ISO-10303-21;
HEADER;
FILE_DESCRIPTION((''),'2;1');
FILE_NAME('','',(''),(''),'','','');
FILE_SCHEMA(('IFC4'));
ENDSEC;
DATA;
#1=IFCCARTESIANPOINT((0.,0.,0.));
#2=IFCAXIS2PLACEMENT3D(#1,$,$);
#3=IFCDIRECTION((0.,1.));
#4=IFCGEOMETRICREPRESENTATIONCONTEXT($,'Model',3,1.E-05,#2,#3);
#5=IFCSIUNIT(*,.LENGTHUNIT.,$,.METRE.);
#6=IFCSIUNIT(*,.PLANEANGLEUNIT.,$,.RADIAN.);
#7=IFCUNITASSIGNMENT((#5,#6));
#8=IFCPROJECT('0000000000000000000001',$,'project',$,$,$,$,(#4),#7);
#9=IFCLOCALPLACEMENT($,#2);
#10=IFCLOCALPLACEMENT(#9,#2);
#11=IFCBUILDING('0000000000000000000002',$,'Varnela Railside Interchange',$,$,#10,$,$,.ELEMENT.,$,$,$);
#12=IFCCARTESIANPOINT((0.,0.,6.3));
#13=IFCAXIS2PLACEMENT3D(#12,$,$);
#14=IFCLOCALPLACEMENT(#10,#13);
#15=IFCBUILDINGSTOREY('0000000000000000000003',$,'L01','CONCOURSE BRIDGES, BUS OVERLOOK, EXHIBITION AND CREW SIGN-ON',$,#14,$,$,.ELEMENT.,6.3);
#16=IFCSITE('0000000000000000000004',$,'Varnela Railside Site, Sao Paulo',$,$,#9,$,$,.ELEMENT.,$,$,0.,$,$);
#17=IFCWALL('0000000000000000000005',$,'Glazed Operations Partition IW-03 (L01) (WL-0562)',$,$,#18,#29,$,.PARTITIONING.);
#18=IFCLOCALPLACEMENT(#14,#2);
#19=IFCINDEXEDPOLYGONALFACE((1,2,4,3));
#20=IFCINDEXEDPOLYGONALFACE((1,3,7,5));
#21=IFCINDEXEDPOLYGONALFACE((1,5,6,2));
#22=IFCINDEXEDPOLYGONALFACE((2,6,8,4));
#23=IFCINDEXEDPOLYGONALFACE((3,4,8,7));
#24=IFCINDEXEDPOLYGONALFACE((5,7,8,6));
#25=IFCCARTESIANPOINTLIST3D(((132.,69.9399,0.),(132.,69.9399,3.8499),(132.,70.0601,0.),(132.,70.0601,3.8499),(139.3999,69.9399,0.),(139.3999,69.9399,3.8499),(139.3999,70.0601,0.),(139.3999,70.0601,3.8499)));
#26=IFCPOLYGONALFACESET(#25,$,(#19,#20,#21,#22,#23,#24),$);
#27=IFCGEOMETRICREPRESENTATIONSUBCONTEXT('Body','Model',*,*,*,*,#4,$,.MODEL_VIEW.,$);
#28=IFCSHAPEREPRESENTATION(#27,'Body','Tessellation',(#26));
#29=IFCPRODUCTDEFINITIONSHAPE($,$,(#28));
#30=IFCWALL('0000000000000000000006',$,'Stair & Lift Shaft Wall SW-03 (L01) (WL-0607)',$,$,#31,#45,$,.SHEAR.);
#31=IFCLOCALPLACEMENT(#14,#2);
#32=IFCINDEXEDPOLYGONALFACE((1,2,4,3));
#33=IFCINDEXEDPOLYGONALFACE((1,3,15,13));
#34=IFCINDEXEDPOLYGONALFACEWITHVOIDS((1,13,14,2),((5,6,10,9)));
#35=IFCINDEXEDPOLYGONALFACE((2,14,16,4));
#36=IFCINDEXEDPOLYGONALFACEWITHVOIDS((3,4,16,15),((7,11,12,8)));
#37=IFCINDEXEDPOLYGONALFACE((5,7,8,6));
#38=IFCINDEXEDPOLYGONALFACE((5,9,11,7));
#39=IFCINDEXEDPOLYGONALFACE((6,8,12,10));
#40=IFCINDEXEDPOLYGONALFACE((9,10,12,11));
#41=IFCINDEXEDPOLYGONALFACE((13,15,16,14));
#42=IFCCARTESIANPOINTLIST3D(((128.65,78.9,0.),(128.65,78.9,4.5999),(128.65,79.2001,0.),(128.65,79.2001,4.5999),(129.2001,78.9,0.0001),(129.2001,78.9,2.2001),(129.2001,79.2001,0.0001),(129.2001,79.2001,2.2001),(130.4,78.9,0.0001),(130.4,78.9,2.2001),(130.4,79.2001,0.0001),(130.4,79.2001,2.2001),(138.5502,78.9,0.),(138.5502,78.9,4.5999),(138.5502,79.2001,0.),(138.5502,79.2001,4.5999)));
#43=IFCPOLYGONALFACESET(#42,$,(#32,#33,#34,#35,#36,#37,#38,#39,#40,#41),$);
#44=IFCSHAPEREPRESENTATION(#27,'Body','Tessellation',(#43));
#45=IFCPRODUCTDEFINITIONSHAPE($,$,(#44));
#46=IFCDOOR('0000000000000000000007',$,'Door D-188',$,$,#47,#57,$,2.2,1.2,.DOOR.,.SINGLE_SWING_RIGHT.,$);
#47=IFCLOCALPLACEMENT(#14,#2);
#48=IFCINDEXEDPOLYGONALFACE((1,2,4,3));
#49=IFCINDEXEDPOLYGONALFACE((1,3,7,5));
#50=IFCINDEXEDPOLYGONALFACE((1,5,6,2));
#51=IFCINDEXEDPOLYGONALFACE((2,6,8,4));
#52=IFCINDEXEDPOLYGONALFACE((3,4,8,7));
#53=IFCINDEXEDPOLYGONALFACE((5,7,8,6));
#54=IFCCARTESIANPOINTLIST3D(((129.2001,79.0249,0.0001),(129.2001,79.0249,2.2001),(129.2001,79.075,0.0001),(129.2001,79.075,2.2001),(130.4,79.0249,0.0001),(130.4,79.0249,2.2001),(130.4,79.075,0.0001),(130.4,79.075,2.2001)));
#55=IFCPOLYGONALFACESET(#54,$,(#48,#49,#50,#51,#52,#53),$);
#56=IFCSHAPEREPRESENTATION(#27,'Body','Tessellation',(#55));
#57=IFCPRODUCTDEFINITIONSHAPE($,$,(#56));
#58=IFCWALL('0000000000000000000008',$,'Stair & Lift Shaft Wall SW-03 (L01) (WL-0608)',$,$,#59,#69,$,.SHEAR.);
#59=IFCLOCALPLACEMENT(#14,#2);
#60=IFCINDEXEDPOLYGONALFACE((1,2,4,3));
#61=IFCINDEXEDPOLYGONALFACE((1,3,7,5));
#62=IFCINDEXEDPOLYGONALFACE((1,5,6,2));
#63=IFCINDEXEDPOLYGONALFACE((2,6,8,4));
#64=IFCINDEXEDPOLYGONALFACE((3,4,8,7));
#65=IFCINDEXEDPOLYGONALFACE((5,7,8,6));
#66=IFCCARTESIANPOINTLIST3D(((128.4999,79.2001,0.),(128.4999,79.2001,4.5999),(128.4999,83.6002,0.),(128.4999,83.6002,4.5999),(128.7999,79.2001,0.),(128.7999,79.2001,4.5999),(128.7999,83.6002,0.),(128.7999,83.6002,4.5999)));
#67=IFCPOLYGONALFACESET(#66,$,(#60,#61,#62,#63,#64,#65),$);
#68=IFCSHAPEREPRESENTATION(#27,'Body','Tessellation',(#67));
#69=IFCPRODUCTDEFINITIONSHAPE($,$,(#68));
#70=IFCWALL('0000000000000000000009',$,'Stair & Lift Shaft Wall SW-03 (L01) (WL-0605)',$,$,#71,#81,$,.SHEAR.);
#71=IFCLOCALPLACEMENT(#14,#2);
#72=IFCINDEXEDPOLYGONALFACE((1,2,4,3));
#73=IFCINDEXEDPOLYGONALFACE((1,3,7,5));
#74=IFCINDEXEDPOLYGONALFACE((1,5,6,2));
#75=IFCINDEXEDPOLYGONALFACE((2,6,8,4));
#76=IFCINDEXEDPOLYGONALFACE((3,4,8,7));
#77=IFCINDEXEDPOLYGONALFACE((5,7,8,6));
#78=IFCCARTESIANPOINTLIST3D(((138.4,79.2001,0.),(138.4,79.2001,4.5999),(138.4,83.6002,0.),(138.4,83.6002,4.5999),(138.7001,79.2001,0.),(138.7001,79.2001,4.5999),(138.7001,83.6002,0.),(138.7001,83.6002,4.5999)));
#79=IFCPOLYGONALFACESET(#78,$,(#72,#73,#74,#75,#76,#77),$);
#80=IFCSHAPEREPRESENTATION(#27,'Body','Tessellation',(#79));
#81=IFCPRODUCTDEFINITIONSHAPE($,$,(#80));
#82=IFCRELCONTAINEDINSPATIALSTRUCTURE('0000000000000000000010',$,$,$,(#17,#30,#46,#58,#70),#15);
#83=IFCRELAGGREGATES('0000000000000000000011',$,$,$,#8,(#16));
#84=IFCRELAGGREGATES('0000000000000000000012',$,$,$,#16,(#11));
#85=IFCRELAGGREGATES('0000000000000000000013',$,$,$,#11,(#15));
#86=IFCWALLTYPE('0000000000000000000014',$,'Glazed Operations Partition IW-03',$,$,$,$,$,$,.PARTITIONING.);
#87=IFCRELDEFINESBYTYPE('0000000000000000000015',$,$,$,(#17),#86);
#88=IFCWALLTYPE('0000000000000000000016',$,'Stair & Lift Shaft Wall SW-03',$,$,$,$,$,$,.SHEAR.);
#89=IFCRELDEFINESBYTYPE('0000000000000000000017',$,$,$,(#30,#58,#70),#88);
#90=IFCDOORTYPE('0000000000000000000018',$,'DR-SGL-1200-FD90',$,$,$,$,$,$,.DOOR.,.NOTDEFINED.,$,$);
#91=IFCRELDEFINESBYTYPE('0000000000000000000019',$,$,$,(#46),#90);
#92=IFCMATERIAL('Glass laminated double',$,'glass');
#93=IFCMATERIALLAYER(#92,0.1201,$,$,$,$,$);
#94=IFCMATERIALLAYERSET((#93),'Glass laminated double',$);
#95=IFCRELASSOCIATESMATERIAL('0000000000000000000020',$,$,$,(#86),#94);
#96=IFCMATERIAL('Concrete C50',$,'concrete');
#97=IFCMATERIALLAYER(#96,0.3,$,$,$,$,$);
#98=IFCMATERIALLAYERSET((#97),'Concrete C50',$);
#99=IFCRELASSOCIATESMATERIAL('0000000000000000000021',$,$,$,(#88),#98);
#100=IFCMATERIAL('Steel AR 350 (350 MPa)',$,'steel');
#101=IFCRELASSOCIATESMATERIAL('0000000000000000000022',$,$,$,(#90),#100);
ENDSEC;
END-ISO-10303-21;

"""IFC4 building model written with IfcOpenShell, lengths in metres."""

from ifc_helpers import new_model, si_unit, direction, frame, frame_2d, origin, place, context, subcontext, project, spatial, rectangle, extrude, material, layer, layer_set, type_object, element, fill, save


model = new_model("IFC4")

# Units and contexts
model_context = context("Model", 3, precision=1e-05, world=origin(), true_north=direction((0.0, 1.0)))
body_context = subcontext(model_context, "Body", "Model", "MODEL_VIEW")
ifc_project = project(units=[si_unit("LENGTHUNIT", "METRE"), si_unit("PLANEANGLEUNIT", "RADIAN")], contexts=[model_context])

# Site, building, storey
site_placement = place(None, origin())
site = spatial("IfcSite", under=ifc_project, at=site_placement, Name="Varnela Railside Site, Sao Paulo", CompositionType="ELEMENT", RefElevation=0.0)
building_placement = place(site_placement, origin())
building = spatial("IfcBuilding", under=site, at=building_placement, Name="Varnela Railside Interchange", CompositionType="ELEMENT")
storey_placement = place(building_placement, frame((0.0, 0.0, 6.3)))
storey = spatial("IfcBuildingStorey", under=building, at=storey_placement, Name="L01", Description="CONCOURSE BRIDGES, BUS OVERLOOK, EXHIBITION AND CREW SIGN-ON", CompositionType="ELEMENT", Elevation=6.3)

# Shared definitions
ifc_material_1 = material(Name="Steel AR 350 (350 MPa)", Category="steel")

# Shared definitions
ifc_material_2 = material(Name="Glass laminated double", Category="glass")

# Wall
ifc_layer_1 = layer(ifc_material_2, 0.1201)
ifc_layer_set_1 = layer_set([ifc_layer_1], Name="Glass laminated double")
wall_type_1 = type_object("IfcWallType", Name="Glazed Operations Partition IW-03", PredefinedType="PARTITIONING", material=ifc_layer_set_1)
wall_1_placement = place(storey_placement, frame((132.0, 70.0, 0.0), z_axis=(0.0, 0.0, 1.0), x_axis=(1.0, 0.0, 0.0)))
element("IfcWall", 1, at=wall_1_placement, inside=storey, type_object=wall_type_1, Name="Glazed Operations Partition IW-03 (L01) (WL-0562)", PredefinedType="PARTITIONING", context=body_context, shape_type="SweptSolid", body=[
    extrude(rectangle(XDim=7.3999, YDim=0.1201, at=frame_2d((3.7, 0.0))), origin(), (0.0, 0.0, 1.0), 3.8499),
])

# Wall, opening, door
ifc_material_3 = material(Name="Concrete C50", Category="concrete")
ifc_layer_2 = layer(ifc_material_3, 0.3)
ifc_layer_set_2 = layer_set([ifc_layer_2], Name="Concrete C50")
wall_type_2 = type_object("IfcWallType", Name="Stair & Lift Shaft Wall SW-03", PredefinedType="SHEAR", material=ifc_layer_set_2)
wall_2_placement = place(storey_placement, frame((128.6499, 79.05, 0.0), z_axis=(0.0, 0.0, 1.0), x_axis=(1.0, 0.0, 0.0)))
wall_2 = element("IfcWall", 2, at=wall_2_placement, inside=storey, type_object=wall_type_2, Name="Stair & Lift Shaft Wall SW-03 (L01) (WL-0607)", PredefinedType="SHEAR", context=body_context, shape_type="SweptSolid", body=[
    extrude(rectangle(XDim=9.9001, YDim=0.3, at=frame_2d((4.9502, 0.0))), origin(), (0.0, 0.0, 1.0), 4.5999),
])
opening_placement = place(wall_2_placement, frame((0.55, 0.0, 0.0)))
opening = element("IfcOpeningElement", 3, at=opening_placement, cuts=wall_2, PredefinedType="OPENING", context=body_context, shape_type="SweptSolid", body=[
    extrude(rectangle(XDim=1.2, YDim=2.2, at=frame_2d((0.6001, 1.1001))), frame((0.0, 0.1599, 0.0), z_axis=(0.0, -1.0, 0.0), x_axis=(1.0, 0.0, 0.0)), (0.0, 0.0, 1.0), 0.3201),
])
door_type = type_object("IfcDoorType", Name="DR-SGL-1200-FD90", OperationType="NOTDEFINED", PredefinedType="DOOR", material=ifc_material_1)
door_placement = place(opening_placement, origin())
door = element("IfcDoor", 4, at=door_placement, inside=storey, type_object=door_type, Name="Door D-188", OperationType="SINGLE_SWING_RIGHT", OverallHeight=2.2, OverallWidth=1.2, PredefinedType="DOOR", context=body_context, shape_type="SweptSolid", body=[
    extrude(rectangle(XDim=1.2, YDim=2.2, at=frame_2d((0.6001, 1.1001))), frame((0.0, 0.0249, 0.0), z_axis=(0.0, -1.0, 0.0), x_axis=(1.0, 0.0, 0.0)), (0.0, 0.0, 1.0), 0.05),
])
fill(opening, door)

# Walls
for number, where, z_axis, x_axis, name in (
    (5, (128.6499, 79.2, 0.0), (0.0, 0.0, 1.0), (0.0, 1.0, 0.0), "Stair & Lift Shaft Wall SW-03 (L01) (WL-0608)"),
    (6, (138.55, 79.2, 0.0), (0.0, 0.0, 1.0), (0.0, 1.0, 0.0), "Stair & Lift Shaft Wall SW-03 (L01) (WL-0605)"),
):
    element("IfcWall", number, at=place(storey_placement, frame(where, z_axis=z_axis, x_axis=x_axis)), inside=storey, type_object=wall_type_2, Name=name, PredefinedType="SHEAR", context=body_context, shape_type="SweptSolid", body=[
        extrude(rectangle(XDim=4.4001, YDim=0.3, at=frame_2d((2.2002, 0.0))), origin(), (0.0, 0.0, 1.0), 4.5999),
    ])

save(model, "model.ifc")
